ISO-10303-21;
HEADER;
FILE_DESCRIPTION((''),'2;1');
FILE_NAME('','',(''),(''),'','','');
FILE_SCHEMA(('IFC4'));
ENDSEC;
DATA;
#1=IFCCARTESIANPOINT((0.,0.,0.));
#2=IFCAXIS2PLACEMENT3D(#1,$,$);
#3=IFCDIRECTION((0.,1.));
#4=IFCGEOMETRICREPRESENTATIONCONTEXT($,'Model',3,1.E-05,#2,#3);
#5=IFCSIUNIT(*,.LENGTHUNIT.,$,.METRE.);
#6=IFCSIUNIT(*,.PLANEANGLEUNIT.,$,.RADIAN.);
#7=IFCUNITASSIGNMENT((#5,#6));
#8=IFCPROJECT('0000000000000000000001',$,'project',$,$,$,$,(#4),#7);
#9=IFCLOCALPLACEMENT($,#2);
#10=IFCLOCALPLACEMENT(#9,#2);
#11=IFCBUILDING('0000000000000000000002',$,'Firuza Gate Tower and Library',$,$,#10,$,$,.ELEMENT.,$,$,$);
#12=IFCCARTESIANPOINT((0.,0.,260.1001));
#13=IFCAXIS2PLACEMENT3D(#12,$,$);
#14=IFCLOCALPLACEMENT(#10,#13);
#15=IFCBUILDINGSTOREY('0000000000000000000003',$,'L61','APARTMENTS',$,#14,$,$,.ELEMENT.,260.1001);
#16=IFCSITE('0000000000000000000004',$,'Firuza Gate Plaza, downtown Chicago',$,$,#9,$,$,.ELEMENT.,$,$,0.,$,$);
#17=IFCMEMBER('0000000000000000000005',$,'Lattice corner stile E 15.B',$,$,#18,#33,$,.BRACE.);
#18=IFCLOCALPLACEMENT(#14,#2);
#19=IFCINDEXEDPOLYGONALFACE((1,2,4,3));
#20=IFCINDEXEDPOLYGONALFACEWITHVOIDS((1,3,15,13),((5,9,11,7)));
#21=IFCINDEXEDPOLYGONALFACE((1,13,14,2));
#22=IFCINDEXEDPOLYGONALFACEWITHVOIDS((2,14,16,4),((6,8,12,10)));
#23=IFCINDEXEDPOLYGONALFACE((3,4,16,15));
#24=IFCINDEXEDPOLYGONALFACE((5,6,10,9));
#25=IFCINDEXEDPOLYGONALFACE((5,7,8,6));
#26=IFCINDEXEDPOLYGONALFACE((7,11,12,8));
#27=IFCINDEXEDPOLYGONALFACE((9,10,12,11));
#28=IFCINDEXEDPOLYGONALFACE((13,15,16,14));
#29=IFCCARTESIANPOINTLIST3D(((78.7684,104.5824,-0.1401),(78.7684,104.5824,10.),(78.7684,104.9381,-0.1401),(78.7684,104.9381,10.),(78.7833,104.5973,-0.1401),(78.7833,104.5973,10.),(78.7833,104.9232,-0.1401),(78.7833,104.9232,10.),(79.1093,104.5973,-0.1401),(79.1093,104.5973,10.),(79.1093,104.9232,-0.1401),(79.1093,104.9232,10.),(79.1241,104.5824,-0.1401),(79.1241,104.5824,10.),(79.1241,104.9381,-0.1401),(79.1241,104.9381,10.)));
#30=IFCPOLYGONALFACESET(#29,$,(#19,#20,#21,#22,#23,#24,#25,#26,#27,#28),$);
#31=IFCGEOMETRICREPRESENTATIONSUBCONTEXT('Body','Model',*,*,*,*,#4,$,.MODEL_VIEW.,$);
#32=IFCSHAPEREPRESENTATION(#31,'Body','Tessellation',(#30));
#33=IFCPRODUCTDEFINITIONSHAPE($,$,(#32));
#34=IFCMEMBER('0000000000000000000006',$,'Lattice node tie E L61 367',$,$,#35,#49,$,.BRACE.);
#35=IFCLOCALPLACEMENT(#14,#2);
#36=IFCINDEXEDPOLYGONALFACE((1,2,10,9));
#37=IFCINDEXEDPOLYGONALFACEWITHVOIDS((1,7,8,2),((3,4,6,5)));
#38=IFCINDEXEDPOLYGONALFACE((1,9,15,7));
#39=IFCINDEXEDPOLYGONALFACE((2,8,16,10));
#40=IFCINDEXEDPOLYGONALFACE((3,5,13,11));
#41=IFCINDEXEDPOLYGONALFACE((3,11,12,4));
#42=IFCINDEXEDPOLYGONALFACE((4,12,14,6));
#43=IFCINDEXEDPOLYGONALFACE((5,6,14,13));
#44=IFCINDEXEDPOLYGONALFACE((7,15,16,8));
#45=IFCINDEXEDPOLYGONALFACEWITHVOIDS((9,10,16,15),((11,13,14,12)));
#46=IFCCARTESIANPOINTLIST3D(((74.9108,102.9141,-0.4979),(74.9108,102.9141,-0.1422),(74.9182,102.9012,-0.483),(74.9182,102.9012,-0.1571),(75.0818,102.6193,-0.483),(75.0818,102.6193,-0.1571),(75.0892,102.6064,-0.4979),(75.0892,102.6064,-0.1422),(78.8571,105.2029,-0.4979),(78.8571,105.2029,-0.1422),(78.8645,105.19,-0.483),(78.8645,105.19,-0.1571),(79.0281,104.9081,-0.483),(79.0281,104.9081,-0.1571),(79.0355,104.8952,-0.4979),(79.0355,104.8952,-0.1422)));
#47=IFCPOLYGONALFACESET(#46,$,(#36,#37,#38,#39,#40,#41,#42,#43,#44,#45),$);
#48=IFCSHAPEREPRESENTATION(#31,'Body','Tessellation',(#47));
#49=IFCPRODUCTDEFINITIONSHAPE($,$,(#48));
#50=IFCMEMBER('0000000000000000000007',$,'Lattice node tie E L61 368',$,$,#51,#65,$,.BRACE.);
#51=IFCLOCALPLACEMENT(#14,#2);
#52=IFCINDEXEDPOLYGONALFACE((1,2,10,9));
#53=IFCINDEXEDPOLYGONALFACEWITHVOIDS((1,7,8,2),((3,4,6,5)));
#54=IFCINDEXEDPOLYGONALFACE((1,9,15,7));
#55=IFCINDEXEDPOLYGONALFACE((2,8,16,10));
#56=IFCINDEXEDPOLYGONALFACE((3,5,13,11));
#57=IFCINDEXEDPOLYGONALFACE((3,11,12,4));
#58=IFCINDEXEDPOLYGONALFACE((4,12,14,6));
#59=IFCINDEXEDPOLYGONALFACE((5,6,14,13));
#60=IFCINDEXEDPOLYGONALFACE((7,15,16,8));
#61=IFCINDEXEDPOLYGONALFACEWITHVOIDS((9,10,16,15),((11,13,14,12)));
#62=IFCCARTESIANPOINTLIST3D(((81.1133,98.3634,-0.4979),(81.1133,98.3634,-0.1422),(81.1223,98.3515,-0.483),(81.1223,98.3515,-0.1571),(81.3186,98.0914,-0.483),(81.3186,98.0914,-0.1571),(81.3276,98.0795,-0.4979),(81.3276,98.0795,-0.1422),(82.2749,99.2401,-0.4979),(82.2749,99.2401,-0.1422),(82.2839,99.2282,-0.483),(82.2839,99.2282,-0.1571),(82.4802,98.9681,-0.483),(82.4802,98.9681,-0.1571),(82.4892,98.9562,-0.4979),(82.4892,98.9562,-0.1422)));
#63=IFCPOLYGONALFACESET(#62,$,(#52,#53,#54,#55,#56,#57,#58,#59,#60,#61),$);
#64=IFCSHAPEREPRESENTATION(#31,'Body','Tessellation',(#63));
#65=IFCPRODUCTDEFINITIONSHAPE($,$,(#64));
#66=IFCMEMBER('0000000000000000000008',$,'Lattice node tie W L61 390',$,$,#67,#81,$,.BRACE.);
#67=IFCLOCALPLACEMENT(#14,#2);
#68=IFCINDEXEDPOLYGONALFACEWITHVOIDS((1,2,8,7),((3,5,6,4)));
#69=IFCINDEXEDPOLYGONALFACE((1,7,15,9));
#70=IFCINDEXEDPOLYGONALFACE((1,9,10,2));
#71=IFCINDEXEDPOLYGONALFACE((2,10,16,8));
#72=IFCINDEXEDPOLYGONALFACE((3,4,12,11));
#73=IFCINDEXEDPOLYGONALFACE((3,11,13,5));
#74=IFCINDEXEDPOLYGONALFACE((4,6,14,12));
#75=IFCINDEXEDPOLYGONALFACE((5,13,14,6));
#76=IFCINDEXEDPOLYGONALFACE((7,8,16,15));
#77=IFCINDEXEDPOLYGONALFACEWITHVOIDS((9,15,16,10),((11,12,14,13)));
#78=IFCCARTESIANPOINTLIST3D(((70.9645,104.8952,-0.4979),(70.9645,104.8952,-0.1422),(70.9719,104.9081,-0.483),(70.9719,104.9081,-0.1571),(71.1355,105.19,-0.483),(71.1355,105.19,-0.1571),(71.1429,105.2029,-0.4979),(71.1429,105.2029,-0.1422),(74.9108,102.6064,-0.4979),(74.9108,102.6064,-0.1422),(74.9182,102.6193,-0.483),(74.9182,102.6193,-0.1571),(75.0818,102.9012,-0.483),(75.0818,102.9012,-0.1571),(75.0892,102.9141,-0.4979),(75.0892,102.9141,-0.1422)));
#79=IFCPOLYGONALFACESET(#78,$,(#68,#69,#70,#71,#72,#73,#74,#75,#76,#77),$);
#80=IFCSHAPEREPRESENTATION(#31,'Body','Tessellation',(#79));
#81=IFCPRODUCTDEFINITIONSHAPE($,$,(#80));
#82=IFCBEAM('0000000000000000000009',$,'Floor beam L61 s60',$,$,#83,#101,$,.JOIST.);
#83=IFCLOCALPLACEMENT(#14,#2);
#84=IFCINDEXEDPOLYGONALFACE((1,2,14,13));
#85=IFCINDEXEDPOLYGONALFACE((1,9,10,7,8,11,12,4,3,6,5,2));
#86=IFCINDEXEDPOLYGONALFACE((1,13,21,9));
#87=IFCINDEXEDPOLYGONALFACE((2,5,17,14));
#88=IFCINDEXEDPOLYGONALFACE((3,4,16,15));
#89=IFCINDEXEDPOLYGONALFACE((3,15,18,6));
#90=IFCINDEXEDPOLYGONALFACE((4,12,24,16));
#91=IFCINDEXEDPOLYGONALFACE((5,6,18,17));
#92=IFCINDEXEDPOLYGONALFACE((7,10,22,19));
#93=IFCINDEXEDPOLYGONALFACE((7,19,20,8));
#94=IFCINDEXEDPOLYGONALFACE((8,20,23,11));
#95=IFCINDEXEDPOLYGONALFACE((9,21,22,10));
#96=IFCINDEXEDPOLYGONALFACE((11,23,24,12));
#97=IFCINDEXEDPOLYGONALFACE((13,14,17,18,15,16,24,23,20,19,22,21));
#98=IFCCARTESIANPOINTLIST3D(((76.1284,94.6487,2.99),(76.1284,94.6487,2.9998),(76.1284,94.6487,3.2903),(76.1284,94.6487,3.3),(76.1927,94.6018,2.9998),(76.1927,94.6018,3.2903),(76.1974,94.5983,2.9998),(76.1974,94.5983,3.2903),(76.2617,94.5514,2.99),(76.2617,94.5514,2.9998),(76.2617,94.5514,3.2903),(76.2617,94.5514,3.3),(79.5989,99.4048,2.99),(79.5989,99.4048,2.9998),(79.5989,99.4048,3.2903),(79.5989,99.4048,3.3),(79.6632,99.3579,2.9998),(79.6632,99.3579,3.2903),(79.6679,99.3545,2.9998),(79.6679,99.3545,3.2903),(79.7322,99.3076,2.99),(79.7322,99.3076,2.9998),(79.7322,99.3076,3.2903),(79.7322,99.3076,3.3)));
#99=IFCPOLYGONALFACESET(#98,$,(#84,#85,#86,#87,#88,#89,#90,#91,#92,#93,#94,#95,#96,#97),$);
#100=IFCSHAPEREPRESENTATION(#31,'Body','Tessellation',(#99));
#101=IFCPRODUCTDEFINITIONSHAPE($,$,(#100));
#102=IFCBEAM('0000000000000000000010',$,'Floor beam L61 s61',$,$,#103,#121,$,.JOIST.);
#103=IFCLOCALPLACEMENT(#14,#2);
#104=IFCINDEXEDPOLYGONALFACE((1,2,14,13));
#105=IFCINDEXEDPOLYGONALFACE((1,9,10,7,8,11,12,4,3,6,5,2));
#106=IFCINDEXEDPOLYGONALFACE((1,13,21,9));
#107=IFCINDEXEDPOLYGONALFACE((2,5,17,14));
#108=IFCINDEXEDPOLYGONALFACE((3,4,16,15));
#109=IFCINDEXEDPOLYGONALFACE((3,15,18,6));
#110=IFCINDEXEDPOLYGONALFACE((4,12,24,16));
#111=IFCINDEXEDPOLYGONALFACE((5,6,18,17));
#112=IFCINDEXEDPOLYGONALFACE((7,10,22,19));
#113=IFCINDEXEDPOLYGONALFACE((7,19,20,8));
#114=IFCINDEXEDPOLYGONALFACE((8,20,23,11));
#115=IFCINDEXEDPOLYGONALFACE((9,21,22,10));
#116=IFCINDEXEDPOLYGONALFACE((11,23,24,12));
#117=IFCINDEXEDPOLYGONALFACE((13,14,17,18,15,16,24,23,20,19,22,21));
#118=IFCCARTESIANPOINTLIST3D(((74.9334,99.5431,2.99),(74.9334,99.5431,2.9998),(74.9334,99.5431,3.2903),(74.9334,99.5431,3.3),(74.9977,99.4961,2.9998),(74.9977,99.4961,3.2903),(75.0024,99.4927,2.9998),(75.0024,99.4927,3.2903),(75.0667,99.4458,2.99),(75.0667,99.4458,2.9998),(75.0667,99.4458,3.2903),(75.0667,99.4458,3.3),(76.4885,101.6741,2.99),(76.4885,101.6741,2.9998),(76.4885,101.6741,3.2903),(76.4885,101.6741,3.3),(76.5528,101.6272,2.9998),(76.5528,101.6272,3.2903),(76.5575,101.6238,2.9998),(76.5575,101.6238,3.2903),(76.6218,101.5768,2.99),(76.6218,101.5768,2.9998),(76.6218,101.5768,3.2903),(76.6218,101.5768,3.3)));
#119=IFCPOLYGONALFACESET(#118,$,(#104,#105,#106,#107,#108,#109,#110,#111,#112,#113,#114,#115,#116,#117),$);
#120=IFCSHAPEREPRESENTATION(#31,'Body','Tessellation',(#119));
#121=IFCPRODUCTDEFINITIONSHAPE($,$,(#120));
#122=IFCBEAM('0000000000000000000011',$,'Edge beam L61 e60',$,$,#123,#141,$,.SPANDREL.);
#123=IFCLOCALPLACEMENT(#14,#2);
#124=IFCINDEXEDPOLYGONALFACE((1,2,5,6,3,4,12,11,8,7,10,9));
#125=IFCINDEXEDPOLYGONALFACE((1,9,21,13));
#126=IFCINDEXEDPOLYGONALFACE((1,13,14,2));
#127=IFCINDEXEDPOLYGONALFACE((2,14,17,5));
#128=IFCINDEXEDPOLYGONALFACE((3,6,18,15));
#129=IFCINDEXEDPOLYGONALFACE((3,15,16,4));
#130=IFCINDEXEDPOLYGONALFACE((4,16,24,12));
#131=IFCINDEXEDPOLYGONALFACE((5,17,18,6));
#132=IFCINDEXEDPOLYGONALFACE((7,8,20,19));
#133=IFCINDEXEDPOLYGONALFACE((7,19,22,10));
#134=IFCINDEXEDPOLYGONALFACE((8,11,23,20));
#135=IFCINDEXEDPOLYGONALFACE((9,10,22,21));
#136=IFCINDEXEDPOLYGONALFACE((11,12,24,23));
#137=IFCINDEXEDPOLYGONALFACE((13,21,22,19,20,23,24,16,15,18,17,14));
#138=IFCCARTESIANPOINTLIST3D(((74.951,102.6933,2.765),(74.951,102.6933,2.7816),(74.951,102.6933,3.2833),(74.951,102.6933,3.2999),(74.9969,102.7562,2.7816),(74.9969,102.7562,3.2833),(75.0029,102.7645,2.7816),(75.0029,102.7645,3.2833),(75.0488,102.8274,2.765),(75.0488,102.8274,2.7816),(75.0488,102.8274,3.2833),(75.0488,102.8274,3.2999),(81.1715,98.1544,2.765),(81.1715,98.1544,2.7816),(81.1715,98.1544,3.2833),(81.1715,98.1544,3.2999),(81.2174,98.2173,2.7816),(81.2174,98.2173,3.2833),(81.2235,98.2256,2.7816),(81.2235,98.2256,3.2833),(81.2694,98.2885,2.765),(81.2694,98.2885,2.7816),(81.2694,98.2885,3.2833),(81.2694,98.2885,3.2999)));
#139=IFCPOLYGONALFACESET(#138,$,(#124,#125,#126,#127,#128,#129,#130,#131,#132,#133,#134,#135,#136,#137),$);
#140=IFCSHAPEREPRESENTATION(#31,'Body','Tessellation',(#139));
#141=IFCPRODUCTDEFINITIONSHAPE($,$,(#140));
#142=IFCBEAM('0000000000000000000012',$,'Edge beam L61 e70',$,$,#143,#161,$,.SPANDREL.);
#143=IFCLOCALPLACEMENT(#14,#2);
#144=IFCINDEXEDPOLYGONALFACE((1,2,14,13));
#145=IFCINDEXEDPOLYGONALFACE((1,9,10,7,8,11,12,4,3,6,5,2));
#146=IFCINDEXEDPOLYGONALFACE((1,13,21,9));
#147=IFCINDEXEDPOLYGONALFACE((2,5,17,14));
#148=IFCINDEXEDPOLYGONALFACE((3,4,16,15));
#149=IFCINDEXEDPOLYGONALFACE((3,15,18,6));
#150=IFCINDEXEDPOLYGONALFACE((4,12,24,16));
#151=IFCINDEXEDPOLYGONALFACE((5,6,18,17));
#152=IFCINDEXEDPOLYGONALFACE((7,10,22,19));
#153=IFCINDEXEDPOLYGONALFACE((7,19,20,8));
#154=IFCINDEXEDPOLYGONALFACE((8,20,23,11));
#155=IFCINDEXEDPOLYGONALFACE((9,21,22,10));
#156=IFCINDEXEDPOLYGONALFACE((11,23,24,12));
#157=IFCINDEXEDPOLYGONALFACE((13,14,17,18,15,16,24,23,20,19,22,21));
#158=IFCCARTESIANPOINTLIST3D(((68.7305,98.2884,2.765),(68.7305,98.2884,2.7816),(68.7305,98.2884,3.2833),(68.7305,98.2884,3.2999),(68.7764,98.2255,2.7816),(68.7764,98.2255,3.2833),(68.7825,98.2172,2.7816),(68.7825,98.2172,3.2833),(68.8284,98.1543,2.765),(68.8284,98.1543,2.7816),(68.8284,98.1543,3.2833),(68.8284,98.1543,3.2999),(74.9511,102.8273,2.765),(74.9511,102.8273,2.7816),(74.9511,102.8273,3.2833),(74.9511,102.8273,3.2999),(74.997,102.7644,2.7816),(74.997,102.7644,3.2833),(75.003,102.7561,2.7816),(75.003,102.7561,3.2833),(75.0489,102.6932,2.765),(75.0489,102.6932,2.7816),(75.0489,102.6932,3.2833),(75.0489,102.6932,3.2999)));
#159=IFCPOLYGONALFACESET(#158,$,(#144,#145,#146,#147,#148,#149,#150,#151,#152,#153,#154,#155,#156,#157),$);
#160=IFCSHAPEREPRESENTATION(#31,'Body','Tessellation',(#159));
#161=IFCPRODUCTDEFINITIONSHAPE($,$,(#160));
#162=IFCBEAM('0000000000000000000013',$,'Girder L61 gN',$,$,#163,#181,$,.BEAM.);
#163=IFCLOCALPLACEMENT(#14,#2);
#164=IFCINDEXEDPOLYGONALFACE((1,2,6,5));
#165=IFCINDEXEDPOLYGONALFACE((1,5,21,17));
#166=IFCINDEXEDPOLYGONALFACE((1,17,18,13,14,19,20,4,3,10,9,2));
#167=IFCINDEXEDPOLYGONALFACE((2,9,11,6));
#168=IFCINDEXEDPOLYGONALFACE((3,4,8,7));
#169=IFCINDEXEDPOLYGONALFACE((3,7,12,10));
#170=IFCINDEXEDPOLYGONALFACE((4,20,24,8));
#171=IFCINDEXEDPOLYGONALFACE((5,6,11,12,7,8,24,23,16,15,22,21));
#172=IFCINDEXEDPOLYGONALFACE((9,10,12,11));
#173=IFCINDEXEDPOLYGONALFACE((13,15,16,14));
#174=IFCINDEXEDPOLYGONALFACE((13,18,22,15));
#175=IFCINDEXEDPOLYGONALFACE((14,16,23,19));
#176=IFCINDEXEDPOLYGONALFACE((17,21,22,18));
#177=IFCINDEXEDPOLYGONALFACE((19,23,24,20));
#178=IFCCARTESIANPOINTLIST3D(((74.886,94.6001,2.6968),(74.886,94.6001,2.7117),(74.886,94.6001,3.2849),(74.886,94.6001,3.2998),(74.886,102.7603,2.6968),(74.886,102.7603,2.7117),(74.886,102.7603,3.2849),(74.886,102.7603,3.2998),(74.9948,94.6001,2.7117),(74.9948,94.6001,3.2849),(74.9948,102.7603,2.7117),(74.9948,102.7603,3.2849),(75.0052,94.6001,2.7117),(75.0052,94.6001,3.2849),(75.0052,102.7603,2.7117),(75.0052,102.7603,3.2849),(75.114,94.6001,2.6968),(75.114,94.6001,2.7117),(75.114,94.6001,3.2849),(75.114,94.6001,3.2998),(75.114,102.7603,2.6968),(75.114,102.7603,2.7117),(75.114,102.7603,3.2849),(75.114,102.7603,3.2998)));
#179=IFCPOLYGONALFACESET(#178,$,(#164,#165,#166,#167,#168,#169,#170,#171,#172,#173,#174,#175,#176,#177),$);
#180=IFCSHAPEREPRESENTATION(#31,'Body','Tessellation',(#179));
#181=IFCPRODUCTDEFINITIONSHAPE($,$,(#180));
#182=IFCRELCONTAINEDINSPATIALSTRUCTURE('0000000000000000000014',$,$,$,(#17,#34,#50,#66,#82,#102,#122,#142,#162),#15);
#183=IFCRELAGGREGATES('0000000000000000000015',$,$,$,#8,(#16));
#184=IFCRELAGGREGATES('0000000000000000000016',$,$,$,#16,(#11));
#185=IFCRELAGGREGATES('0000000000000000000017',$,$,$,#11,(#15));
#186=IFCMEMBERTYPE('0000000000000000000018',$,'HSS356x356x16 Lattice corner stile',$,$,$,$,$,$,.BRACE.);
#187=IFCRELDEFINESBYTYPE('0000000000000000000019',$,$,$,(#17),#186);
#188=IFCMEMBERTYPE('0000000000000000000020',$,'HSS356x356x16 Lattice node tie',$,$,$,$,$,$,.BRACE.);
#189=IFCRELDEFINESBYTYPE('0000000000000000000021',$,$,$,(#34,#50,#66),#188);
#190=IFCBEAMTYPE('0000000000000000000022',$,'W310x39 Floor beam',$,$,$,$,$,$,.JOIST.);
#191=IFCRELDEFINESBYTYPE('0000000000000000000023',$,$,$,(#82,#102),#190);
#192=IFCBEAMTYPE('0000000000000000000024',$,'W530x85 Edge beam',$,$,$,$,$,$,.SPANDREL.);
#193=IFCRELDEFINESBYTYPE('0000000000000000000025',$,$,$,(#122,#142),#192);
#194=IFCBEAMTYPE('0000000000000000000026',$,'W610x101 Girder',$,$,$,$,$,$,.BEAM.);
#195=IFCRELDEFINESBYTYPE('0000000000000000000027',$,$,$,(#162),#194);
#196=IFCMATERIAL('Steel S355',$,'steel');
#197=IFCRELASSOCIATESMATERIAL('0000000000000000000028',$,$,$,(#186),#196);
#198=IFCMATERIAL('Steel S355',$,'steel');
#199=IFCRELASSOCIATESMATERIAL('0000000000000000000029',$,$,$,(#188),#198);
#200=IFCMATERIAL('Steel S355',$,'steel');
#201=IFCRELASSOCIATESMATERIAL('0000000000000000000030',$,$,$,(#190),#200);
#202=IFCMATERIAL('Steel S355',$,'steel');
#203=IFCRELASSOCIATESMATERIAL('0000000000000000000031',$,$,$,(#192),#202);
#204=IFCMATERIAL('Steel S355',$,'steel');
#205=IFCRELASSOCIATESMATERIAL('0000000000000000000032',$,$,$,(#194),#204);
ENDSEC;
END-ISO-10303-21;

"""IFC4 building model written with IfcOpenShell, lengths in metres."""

from ifc_helpers import new_model, si_unit, direction, frame, origin, origin_2d, place, context, subcontext, project, spatial, hollow_rectangle, i_section, extrude, material, material_profile, profile_set, type_object, element, save


model = new_model("IFC4")

# Units and contexts
model_context = context("Model", 3, precision=1e-05, world=origin(), true_north=direction((0.0, 1.0)))
body_context = subcontext(model_context, "Body", "Model", "MODEL_VIEW")
ifc_project = project(units=[si_unit("LENGTHUNIT", "METRE"), si_unit("PLANEANGLEUNIT", "RADIAN")], contexts=[model_context])

# Site, building, storey
site_placement = place(None, origin())
site = spatial("IfcSite", under=ifc_project, at=site_placement, Name="Firuza Gate Plaza, downtown Chicago", CompositionType="ELEMENT", RefElevation=0.0)
building_placement = place(site_placement, origin())
building = spatial("IfcBuilding", under=site, at=building_placement, Name="Firuza Gate Tower and Library", CompositionType="ELEMENT")
storey_placement = place(building_placement, frame((0.0, 0.0, 260.1001)))
storey = spatial("IfcBuildingStorey", under=building, at=storey_placement, Name="L61", Description="APARTMENTS", CompositionType="ELEMENT", Elevation=260.1001)

# Members
ifc_material_1 = material(Name="Steel S355", Category="steel")
ifc_material_profile_1 = material_profile(ifc_material_1, hollow_rectangle(XDim=0.3557, YDim=0.3557, WallThickness=0.0149, at=origin_2d()))
ifc_profile_set_1 = profile_set([ifc_material_profile_1], Name="Steel S355")
member_type_1 = type_object("IfcMemberType", Name="HSS356x356x16 Lattice corner stile", PredefinedType="BRACE", material=ifc_profile_set_1)
member_1_placement = place(storey_placement, frame((78.9463, 104.7603, -0.1401), z_axis=(0.0, 0.0, 1.0), x_axis=(1.0, 0.0, 0.0)))
element("IfcMember", 1, at=member_1_placement, inside=storey, type_object=member_type_1, Name="Lattice corner stile E 15.B", PredefinedType="BRACE", context=body_context, shape_type="SweptSolid", body=[
    extrude(hollow_rectangle(XDim=0.3557, YDim=0.3557, WallThickness=0.0149, at=origin_2d()), origin(), (0.0, 0.0, 1.0), 10.1401),
])
ifc_material_2 = material(Name="Steel S355", Category="steel")
ifc_material_profile_2 = material_profile(ifc_material_2, hollow_rectangle(XDim=0.3557, YDim=0.3557, WallThickness=0.0149, at=origin_2d()))
ifc_profile_set_2 = profile_set([ifc_material_profile_2], Name="Steel S355")
member_type_2 = type_object("IfcMemberType", Name="HSS356x356x16 Lattice node tie", PredefinedType="BRACE", material=ifc_profile_set_2)
member_2_placement = place(storey_placement, frame((75.0, 102.7603, -0.3201), z_axis=(0.865034, 0.501713, 0.0), x_axis=(-0.501713, 0.865034, 0.0)))
element("IfcMember", 2, at=member_2_placement, inside=storey, type_object=member_type_2, Name="Lattice node tie E L61 367", PredefinedType="BRACE", context=body_context, shape_type="SweptSolid", body=[
    extrude(hollow_rectangle(XDim=0.3557, YDim=0.3557, WallThickness=0.0149, at=origin_2d()), origin(), (0.0, 0.0, 1.0), 4.562),
])
member_3_placement = place(storey_placement, frame((81.2205, 98.2214, -0.3201), z_axis=(0.798185, 0.602413, 0.0), x_axis=(-0.602413, 0.798185, 0.0)))
element("IfcMember", 3, at=member_3_placement, inside=storey, type_object=member_type_2, Name="Lattice node tie E L61 368", PredefinedType="BRACE", context=body_context, shape_type="SweptSolid", body=[
    extrude(hollow_rectangle(XDim=0.3557, YDim=0.3557, WallThickness=0.0149, at=origin_2d()), origin(), (0.0, 0.0, 1.0), 1.4553),
])
member_4_placement = place(storey_placement, frame((75.0, 102.7603, -0.3201), z_axis=(-0.865034, 0.501713, 0.0), x_axis=(-0.501713, -0.865034, 0.0)))
element("IfcMember", 4, at=member_4_placement, inside=storey, type_object=member_type_2, Name="Lattice node tie W L61 390", PredefinedType="BRACE", context=body_context, shape_type="SweptSolid", body=[
    extrude(hollow_rectangle(XDim=0.3557, YDim=0.3557, WallThickness=0.0149, at=origin_2d()), origin(), (0.0, 0.0, 1.0), 4.562),
])

# Beams
ifc_material_3 = material(Name="Steel S355", Category="steel")
ifc_material_profile_3 = material_profile(ifc_material_3, i_section(OverallWidth=0.165, OverallDepth=0.3101, WebThickness=0.0059, FlangeThickness=0.0098, at=origin_2d()))
ifc_profile_set_3 = profile_set([ifc_material_profile_3], Name="Steel S355")
beam_type_1 = type_object("IfcBeamType", Name="W310x39 Floor beam", PredefinedType="JOIST", material=ifc_profile_set_3)
beam_1_placement = place(storey_placement, frame((79.6655, 99.3562, 3.145), z_axis=(-0.589446, -0.807808, 0.0), x_axis=(0.807808, -0.589446, 0.0)))
element("IfcBeam", 5, at=beam_1_placement, inside=storey, type_object=beam_type_1, Name="Floor beam L61 s60", PredefinedType="JOIST", context=body_context, shape_type="SweptSolid", body=[
    extrude(i_section(OverallWidth=0.165, OverallDepth=0.3101, WebThickness=0.0059, FlangeThickness=0.0098, at=origin_2d()), origin(), (0.0, 0.0, 1.0), 5.8877),
])
beam_2_placement = place(storey_placement, frame((76.5552, 101.6255, 3.145), z_axis=(-0.58948, -0.807783, 0.0), x_axis=(0.807783, -0.58948, 0.0)))
element("IfcBeam", 6, at=beam_2_placement, inside=storey, type_object=beam_type_1, Name="Floor beam L61 s61", PredefinedType="JOIST", context=body_context, shape_type="SweptSolid", body=[
    extrude(i_section(OverallWidth=0.165, OverallDepth=0.3101, WebThickness=0.0059, FlangeThickness=0.0098, at=origin_2d()), origin(), (0.0, 0.0, 1.0), 2.6382),
])
ifc_material_4 = material(Name="Steel S355", Category="steel")
ifc_material_profile_4 = material_profile(ifc_material_4, i_section(OverallWidth=0.166, OverallDepth=0.5349, WebThickness=0.0103, FlangeThickness=0.0166, at=origin_2d()))
ifc_profile_set_4 = profile_set([ifc_material_profile_4], Name="Steel S355")
beam_type_2 = type_object("IfcBeamType", Name="W530x85 Edge beam", PredefinedType="SPANDREL", material=ifc_profile_set_4)
for number, where, z_axis, x_axis, name in (
    (7, (81.2205, 98.2214, 3.0325), (-0.807818, 0.589432, 0.0), (-0.589432, -0.807818, 0.0), "Edge beam L61 e60"),
    (8, (75.0, 102.7603, 3.0325), (-0.807818, -0.589432, 0.0), (0.589432, -0.807818, 0.0), "Edge beam L61 e70"),
):
    element("IfcBeam", number, at=place(storey_placement, frame(where, z_axis=z_axis, x_axis=x_axis)), inside=storey, type_object=beam_type_2, Name=name, PredefinedType="SPANDREL", context=body_context, shape_type="SweptSolid", body=[
        extrude(i_section(OverallWidth=0.166, OverallDepth=0.5349, WebThickness=0.0103, FlangeThickness=0.0166, at=origin_2d()), origin(), (0.0, 0.0, 1.0), 7.7004),
    ])
ifc_material_5 = material(Name="Steel S355", Category="steel")
ifc_material_profile_5 = material_profile(ifc_material_5, i_section(OverallWidth=0.228, OverallDepth=0.603, WebThickness=0.0105, FlangeThickness=0.0149, at=origin_2d()))
ifc_profile_set_5 = profile_set([ifc_material_profile_5], Name="Steel S355")
beam_type_3 = type_object("IfcBeamType", Name="W610x101 Girder", PredefinedType="BEAM", material=ifc_profile_set_5)
beam_3_placement = place(storey_placement, frame((75.0, 102.7603, 2.9983), z_axis=(0.0, -1.0, 0.0), x_axis=(1.0, 0.0, 0.0)))
element("IfcBeam", 9, at=beam_3_placement, inside=storey, type_object=beam_type_3, Name="Girder L61 gN", PredefinedType="BEAM", context=body_context, shape_type="SweptSolid", body=[
    extrude(i_section(OverallWidth=0.228, OverallDepth=0.603, WebThickness=0.0105, FlangeThickness=0.0149, at=origin_2d()), origin(), (0.0, 0.0, 1.0), 8.1602),
])

save(model, "model.ifc")
